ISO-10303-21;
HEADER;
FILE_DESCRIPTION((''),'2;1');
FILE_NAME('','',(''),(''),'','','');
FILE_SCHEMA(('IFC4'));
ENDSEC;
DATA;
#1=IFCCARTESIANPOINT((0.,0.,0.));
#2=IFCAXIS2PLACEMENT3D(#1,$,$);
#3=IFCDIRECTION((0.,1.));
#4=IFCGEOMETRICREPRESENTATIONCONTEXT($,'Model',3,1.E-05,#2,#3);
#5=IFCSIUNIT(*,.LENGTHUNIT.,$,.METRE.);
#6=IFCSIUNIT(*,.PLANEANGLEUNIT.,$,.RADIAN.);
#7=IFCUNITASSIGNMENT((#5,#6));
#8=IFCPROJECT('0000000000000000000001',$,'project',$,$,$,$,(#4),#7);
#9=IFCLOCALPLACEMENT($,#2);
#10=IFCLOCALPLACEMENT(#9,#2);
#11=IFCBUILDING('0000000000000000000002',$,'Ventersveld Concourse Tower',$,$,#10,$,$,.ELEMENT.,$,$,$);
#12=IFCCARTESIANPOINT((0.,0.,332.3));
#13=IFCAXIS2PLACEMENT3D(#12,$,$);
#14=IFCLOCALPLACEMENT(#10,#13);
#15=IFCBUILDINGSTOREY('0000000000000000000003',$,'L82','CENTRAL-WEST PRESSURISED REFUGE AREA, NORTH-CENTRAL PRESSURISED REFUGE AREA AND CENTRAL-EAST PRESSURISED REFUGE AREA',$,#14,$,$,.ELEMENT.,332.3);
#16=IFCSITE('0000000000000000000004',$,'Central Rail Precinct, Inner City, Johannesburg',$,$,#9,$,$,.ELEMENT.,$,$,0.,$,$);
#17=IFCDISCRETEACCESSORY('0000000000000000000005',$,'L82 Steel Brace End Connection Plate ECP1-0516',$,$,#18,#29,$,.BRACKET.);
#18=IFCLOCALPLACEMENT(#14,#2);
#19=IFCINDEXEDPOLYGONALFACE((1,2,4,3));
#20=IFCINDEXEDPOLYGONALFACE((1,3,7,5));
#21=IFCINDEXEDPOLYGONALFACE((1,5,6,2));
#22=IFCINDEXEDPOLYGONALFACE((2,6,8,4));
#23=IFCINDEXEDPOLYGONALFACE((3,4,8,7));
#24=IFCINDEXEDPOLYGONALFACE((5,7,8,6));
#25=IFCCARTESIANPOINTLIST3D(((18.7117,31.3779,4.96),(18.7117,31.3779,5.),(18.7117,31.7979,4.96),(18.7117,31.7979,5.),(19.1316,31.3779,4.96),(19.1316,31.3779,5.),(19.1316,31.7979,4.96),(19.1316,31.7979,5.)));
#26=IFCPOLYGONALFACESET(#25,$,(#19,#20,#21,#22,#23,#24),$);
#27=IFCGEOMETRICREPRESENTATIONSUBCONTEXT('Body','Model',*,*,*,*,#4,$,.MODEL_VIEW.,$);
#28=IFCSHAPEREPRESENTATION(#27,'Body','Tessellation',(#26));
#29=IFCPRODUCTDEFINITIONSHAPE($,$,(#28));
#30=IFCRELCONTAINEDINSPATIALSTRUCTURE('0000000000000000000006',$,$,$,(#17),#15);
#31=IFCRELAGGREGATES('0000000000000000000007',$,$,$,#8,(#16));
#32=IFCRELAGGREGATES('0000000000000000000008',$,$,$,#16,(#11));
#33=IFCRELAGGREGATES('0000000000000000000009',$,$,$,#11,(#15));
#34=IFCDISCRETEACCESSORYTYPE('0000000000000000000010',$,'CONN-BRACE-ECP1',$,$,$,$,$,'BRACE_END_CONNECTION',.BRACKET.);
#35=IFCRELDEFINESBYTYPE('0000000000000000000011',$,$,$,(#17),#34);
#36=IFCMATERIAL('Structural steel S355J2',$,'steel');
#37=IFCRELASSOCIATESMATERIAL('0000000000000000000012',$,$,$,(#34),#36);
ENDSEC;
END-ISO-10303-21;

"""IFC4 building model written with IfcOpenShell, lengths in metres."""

from ifc_helpers import new_model, si_unit, direction, frame, origin, origin_2d, place, context, subcontext, project, spatial, rectangle, extrude, material, type_object, element, save


model = new_model("IFC4")

# Units and contexts
model_context = context("Model", 3, precision=1e-05, world=origin(), true_north=direction((0.0, 1.0)))
body_context = subcontext(model_context, "Body", "Model", "MODEL_VIEW")
ifc_project = project(units=[si_unit("LENGTHUNIT", "METRE"), si_unit("PLANEANGLEUNIT", "RADIAN")], contexts=[model_context])

# Site, building, storey
site_placement = place(None, origin())
site = spatial("IfcSite", under=ifc_project, at=site_placement, Name="Central Rail Precinct, Inner City, Johannesburg", CompositionType="ELEMENT", RefElevation=0.0)
building_placement = place(site_placement, origin())
building = spatial("IfcBuilding", under=site, at=building_placement, Name="Ventersveld Concourse Tower", CompositionType="ELEMENT")
storey_placement = place(building_placement, frame((0.0, 0.0, 332.3)))
storey = spatial("IfcBuildingStorey", under=building, at=storey_placement, Name="L82", Description="CENTRAL-WEST PRESSURISED REFUGE AREA, NORTH-CENTRAL PRESSURISED REFUGE AREA AND CENTRAL-EAST PRESSURISED REFUGE AREA", CompositionType="ELEMENT", Elevation=332.3)

# Shared definitions
ifc_material_1 = material(Name="Structural steel S355J2", Category="steel")

# Discrete accessory
discrete_accessory_type = type_object("IfcDiscreteAccessoryType", Name="CONN-BRACE-ECP1", ElementType="BRACE_END_CONNECTION", PredefinedType="BRACKET", material=ifc_material_1)
for number, where, z_axis, x_axis, name in (
    (1, (18.9216, 31.5879, 4.96), (0.0, 0.0, 1.0), (1.0, 0.0, 0.0), "L82 Steel Brace End Connection Plate ECP1-0516"),
):
    element("IfcDiscreteAccessory", number, at=place(storey_placement, frame(where, z_axis=z_axis, x_axis=x_axis)), inside=storey, type_object=discrete_accessory_type, Name=name, PredefinedType="BRACKET", context=body_context, shape_type="SweptSolid", body=[
        extrude(rectangle(XDim=0.4199, YDim=0.4199, at=origin_2d()), origin(), (0.0, 0.0, 1.0), 0.04),
    ])

save(model, "model.ifc")
